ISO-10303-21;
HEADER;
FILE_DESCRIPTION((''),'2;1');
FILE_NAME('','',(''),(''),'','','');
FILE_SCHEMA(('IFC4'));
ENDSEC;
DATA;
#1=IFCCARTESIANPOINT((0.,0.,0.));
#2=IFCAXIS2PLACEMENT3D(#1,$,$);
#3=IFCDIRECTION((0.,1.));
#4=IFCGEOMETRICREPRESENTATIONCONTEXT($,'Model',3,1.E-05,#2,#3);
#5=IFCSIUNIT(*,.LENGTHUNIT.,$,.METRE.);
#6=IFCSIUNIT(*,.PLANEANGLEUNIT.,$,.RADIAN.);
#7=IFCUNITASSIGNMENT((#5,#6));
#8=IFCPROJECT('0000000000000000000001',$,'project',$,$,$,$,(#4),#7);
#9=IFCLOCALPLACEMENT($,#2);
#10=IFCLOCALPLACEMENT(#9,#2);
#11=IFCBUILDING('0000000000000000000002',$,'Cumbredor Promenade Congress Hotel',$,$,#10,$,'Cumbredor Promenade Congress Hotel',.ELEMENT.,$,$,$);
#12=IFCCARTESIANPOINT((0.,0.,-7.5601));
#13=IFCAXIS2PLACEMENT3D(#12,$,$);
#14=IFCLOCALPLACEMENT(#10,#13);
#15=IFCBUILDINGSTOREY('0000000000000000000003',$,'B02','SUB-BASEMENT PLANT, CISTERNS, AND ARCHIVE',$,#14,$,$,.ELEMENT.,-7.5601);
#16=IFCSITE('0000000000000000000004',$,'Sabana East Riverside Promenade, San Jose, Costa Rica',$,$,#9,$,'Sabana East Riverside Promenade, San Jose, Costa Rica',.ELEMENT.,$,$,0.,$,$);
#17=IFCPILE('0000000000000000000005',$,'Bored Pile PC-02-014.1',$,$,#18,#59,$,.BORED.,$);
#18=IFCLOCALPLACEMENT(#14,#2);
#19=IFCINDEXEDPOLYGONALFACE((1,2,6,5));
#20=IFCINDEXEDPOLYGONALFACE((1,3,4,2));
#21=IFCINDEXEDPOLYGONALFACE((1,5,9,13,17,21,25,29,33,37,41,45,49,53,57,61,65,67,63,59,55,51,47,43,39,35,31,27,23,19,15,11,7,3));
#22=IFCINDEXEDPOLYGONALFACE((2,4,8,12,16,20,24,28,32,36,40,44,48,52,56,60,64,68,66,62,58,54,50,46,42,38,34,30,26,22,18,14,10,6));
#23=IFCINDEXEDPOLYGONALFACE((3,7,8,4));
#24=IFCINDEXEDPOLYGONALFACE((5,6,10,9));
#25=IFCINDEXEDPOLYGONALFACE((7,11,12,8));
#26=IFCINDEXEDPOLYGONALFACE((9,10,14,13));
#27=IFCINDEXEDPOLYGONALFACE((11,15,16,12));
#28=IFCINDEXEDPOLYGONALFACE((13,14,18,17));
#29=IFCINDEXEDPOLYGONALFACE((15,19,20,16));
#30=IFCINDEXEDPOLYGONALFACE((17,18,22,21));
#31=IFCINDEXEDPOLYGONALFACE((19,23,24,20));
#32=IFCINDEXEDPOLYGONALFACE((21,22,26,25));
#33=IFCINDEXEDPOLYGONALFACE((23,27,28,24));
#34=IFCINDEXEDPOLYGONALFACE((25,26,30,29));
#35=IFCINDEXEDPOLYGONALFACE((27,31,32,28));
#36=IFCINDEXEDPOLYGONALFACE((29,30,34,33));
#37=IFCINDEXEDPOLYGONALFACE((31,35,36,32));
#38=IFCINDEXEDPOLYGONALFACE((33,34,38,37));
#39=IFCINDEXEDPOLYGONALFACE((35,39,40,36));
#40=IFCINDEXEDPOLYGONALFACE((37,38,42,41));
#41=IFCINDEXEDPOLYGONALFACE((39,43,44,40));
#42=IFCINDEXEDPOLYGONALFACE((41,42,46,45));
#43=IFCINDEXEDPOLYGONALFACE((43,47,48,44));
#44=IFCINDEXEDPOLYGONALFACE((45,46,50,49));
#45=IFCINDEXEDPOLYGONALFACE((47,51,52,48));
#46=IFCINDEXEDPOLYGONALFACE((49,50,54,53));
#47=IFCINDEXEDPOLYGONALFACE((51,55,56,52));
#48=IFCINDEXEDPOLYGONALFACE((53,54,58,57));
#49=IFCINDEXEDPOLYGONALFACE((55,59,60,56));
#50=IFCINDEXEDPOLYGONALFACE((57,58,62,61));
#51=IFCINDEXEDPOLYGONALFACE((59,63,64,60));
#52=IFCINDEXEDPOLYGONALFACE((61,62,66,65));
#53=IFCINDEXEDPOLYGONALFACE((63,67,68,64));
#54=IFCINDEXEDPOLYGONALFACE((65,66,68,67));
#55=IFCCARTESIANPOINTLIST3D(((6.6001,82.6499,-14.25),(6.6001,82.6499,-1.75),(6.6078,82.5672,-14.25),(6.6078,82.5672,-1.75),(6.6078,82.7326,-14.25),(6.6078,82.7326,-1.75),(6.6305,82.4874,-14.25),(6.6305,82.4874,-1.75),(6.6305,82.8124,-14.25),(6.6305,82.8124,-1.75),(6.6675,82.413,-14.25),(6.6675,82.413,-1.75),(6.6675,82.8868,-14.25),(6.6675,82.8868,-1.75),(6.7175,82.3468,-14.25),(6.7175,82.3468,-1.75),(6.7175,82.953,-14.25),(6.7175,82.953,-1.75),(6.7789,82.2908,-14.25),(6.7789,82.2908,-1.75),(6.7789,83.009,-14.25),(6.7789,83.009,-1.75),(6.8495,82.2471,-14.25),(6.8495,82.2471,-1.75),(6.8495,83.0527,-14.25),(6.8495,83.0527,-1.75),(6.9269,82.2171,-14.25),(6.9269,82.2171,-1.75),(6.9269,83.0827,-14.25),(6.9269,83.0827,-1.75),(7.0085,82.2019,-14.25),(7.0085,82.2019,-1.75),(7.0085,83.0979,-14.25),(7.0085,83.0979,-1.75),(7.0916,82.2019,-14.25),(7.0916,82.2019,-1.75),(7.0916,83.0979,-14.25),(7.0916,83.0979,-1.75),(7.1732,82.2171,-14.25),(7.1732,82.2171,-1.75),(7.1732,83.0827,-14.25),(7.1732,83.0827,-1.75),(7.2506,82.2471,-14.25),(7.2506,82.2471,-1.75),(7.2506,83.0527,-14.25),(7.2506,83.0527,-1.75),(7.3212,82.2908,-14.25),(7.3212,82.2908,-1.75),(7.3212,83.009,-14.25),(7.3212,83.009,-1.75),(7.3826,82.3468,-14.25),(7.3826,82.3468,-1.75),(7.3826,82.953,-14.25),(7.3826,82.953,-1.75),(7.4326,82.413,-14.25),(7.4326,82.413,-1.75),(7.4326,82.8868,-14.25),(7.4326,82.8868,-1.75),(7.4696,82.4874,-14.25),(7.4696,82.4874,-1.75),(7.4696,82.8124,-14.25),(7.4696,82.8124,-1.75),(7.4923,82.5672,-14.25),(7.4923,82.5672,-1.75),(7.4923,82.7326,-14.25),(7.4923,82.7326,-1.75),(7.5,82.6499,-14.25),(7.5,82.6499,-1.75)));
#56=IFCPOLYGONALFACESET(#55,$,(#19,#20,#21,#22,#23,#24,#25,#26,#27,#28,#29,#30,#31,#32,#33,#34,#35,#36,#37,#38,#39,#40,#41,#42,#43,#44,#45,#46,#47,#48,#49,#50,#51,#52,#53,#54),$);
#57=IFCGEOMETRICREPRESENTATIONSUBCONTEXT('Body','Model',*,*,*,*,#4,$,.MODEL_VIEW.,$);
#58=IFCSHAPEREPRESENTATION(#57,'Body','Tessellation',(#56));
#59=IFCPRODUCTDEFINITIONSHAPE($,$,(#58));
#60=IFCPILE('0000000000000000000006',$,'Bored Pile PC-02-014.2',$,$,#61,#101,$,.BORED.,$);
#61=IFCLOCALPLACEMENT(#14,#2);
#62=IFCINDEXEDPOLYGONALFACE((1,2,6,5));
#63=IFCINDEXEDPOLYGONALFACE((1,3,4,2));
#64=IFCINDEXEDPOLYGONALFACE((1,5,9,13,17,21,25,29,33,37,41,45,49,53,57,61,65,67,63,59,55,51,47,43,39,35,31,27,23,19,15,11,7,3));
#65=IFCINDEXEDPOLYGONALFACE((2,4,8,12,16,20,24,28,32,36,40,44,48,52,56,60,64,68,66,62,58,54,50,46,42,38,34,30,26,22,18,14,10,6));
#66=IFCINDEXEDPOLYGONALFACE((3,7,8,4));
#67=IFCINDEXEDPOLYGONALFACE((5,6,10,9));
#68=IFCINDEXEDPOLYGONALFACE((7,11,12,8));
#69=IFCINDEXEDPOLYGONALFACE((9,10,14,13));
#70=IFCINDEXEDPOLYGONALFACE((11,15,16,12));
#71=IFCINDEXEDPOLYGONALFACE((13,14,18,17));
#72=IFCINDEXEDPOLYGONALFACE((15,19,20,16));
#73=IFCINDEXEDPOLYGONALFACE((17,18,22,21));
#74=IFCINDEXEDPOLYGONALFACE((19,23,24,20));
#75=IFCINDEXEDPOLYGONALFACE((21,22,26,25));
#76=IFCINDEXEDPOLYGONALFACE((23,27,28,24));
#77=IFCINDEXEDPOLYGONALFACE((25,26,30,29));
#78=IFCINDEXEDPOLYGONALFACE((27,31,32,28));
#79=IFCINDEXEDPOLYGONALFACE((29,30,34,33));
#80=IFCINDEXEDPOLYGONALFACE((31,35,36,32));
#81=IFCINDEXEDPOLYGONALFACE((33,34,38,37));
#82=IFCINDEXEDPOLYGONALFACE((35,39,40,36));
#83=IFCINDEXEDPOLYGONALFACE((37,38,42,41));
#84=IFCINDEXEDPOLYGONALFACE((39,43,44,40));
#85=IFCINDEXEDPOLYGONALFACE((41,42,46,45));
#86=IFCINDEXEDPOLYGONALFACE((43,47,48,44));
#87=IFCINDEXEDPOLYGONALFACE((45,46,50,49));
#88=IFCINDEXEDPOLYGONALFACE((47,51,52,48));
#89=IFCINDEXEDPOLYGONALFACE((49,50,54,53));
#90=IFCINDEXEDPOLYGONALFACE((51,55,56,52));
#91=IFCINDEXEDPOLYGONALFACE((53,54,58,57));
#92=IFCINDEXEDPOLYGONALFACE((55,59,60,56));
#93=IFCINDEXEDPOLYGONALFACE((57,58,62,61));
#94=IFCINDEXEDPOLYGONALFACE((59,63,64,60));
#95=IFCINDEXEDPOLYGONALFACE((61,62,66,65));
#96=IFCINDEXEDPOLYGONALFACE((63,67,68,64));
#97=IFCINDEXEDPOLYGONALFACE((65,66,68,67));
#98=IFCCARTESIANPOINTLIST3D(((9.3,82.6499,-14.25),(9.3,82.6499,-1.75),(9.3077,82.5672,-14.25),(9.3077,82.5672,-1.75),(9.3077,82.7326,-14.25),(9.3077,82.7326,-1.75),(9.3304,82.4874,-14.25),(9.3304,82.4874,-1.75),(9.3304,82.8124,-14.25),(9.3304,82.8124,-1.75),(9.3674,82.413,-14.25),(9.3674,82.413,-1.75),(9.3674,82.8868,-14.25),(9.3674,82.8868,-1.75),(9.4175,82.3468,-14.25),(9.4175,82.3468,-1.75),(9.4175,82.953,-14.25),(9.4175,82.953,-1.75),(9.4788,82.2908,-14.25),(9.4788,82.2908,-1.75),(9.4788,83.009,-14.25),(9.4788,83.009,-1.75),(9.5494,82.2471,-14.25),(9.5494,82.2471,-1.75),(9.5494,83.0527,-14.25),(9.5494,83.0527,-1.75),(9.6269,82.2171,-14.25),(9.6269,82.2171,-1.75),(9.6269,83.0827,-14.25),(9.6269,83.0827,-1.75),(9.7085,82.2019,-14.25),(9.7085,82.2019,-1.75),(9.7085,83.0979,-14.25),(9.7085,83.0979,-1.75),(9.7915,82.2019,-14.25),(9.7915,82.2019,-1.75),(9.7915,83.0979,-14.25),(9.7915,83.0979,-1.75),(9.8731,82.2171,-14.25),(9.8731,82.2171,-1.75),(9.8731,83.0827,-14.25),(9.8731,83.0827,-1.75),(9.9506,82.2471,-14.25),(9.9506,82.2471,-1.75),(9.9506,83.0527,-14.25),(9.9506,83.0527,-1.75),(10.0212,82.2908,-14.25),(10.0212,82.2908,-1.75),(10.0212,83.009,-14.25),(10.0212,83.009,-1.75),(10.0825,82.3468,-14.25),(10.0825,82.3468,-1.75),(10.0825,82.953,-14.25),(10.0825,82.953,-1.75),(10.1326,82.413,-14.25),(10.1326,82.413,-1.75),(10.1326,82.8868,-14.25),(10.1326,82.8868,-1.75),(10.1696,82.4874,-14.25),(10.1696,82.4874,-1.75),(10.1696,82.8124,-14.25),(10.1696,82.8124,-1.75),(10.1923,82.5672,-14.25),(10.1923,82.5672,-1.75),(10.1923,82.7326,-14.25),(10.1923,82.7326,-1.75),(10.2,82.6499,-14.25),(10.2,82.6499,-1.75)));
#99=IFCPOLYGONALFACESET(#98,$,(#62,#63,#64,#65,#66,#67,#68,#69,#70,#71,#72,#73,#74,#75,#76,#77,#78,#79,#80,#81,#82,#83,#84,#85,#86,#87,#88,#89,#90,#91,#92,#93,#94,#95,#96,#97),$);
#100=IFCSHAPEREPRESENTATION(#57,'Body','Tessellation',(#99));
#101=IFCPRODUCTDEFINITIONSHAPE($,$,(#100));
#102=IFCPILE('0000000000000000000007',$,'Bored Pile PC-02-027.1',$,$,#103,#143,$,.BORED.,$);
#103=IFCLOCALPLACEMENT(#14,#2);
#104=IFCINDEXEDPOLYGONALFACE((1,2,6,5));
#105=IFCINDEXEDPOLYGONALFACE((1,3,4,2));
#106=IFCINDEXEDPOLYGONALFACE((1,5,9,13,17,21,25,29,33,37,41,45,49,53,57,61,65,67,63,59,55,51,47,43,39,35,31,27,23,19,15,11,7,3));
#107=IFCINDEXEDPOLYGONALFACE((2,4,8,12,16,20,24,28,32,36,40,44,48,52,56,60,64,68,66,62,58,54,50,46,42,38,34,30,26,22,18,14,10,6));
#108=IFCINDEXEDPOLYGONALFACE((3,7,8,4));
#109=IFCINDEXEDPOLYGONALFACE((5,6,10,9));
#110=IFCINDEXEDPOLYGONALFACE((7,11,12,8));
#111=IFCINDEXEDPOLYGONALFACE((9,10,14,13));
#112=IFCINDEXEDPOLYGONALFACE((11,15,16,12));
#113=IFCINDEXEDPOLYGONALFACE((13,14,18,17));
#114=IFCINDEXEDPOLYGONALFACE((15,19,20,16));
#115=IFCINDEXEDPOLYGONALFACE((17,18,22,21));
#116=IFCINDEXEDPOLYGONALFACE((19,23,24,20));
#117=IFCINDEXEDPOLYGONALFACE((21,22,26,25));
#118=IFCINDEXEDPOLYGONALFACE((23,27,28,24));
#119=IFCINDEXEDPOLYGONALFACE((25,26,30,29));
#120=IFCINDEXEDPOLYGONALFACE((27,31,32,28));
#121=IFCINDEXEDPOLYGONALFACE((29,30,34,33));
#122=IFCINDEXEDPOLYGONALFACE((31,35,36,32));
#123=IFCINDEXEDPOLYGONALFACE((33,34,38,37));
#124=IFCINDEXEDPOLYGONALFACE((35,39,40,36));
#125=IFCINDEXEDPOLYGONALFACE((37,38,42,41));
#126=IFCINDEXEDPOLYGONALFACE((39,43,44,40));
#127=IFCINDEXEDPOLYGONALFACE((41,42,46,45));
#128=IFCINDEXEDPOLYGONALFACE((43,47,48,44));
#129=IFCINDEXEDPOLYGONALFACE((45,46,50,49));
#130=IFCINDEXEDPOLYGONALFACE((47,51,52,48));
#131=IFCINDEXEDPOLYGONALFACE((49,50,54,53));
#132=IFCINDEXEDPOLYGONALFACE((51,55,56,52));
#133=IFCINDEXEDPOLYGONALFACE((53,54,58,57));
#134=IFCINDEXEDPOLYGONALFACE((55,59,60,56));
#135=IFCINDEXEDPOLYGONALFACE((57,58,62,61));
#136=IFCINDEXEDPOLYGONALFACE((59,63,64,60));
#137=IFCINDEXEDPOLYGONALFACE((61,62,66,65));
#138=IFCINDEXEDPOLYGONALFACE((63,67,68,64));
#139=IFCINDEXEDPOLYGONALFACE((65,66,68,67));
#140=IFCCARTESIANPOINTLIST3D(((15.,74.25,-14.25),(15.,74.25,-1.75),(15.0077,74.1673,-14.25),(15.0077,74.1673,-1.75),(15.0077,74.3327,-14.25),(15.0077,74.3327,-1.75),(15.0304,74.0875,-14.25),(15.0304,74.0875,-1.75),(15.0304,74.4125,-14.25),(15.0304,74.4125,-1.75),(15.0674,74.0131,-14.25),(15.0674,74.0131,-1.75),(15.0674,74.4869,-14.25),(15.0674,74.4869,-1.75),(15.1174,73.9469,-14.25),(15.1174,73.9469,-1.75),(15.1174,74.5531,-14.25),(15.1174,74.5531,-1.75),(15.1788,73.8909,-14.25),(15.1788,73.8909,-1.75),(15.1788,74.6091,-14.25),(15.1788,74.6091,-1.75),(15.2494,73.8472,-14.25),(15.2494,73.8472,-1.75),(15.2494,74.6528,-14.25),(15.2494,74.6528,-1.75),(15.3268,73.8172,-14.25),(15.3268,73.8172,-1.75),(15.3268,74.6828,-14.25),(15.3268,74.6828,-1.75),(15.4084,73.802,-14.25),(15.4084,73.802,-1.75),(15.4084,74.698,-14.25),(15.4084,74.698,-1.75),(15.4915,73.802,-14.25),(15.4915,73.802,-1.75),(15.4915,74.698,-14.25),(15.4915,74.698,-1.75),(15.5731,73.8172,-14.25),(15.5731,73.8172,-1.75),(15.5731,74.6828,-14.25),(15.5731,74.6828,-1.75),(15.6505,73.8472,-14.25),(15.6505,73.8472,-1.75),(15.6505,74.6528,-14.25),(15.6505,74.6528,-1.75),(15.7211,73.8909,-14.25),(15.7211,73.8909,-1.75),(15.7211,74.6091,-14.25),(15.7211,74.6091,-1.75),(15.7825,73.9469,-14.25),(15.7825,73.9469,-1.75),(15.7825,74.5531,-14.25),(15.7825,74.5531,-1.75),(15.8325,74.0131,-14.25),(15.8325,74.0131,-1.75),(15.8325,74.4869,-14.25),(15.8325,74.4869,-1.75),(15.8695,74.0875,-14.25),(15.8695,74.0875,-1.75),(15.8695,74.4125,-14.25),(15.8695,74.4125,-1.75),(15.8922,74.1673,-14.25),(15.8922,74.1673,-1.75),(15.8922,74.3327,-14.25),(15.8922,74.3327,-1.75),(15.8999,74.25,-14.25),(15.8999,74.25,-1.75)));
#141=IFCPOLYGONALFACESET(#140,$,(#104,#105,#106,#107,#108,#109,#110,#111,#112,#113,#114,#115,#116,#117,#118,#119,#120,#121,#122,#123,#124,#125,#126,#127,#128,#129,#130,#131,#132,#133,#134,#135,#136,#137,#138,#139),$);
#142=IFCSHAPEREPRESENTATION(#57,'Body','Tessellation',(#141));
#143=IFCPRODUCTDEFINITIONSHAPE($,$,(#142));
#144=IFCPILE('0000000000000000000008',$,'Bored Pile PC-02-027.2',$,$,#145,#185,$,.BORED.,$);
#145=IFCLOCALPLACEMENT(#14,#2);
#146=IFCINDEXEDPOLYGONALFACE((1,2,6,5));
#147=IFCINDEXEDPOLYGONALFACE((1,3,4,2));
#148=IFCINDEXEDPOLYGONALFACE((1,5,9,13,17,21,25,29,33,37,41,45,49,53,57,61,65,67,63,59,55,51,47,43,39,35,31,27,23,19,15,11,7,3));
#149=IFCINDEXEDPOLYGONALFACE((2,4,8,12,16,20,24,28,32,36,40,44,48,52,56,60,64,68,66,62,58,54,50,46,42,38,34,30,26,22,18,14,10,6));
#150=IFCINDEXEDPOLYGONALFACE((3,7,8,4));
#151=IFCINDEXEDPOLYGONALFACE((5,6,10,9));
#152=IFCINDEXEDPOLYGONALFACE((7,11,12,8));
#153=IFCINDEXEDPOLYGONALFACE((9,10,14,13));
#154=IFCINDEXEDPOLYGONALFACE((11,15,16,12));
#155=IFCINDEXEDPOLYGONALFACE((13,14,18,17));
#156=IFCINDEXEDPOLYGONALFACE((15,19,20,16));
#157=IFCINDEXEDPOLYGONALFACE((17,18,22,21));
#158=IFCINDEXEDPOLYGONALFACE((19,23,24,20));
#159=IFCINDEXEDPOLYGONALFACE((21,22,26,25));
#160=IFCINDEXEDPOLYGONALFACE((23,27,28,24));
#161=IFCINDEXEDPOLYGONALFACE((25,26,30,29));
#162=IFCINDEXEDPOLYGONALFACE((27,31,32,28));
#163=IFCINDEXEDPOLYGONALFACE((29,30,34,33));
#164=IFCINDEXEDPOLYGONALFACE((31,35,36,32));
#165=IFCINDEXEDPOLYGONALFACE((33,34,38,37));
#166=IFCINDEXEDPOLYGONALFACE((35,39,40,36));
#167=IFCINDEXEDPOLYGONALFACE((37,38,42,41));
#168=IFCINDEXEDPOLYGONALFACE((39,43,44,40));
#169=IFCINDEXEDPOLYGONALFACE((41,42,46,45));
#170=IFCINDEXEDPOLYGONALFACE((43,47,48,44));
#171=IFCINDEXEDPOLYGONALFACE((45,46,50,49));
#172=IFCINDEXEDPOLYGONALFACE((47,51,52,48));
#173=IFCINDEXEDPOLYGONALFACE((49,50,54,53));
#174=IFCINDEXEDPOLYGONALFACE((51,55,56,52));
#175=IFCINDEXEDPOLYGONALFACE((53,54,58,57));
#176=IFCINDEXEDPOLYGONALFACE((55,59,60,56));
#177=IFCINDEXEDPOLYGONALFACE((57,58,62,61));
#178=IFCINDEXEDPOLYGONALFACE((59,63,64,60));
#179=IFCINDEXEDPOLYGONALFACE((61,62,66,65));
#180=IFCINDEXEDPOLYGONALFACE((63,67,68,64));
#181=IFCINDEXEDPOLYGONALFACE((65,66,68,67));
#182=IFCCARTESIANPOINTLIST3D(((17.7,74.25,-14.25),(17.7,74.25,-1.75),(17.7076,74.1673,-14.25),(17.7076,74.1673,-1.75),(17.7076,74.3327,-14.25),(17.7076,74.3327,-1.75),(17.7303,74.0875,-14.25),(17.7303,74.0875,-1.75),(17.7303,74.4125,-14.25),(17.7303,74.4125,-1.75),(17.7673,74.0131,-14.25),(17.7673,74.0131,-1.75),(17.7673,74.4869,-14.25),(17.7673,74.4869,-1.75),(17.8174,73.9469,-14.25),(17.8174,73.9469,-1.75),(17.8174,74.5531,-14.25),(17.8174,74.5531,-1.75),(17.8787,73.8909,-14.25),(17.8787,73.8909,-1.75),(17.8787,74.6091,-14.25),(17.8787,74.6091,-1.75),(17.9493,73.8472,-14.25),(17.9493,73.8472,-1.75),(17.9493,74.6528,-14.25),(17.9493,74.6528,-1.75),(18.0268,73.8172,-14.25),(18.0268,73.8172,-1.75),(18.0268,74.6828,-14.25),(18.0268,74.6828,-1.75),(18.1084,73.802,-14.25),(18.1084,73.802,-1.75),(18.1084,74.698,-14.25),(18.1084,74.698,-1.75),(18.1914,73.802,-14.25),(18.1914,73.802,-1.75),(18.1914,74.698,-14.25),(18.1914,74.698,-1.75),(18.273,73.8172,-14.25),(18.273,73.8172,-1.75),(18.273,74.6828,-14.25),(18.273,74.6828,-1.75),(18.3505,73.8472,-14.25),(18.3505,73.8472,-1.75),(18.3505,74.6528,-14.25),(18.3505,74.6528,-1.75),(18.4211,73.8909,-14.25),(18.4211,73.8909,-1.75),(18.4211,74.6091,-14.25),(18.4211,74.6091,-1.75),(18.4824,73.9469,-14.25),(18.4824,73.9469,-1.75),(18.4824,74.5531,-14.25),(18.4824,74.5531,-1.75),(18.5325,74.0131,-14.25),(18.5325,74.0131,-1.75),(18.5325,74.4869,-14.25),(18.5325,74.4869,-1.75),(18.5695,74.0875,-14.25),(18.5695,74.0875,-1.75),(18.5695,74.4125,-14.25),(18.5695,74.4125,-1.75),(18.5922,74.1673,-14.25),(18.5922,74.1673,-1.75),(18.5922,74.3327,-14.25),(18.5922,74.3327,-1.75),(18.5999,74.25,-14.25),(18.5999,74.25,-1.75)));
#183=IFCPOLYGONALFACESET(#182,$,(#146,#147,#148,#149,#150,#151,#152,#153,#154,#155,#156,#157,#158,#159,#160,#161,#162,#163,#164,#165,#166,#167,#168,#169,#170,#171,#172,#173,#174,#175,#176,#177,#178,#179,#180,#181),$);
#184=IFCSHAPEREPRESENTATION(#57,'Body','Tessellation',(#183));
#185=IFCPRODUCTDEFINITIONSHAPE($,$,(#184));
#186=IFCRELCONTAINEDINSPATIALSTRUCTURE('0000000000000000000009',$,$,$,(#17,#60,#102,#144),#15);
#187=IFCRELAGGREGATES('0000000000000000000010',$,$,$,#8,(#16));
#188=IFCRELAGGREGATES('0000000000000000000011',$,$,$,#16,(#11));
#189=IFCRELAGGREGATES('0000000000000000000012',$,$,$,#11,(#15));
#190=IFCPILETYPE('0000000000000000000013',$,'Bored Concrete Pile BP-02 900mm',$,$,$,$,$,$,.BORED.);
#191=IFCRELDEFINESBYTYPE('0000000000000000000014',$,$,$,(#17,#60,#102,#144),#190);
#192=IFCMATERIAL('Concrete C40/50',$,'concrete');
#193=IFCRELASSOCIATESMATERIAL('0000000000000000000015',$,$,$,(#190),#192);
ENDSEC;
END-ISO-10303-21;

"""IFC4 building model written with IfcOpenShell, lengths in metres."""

from ifc_helpers import new_model, si_unit, direction, frame, origin, origin_2d, place, context, subcontext, project, spatial, circle, extrude, material, material_profile, profile_set, type_object, element, save


model = new_model("IFC4")

# Units and contexts
model_context = context("Model", 3, precision=1e-05, world=origin(), true_north=direction((0.0, 1.0)))
body_context = subcontext(model_context, "Body", "Model", "MODEL_VIEW")
ifc_project = project(units=[si_unit("LENGTHUNIT", "METRE"), si_unit("PLANEANGLEUNIT", "RADIAN")], contexts=[model_context])

# Site, building, storey
site_placement = place(None, origin())
site = spatial("IfcSite", under=ifc_project, at=site_placement, Name="Sabana East Riverside Promenade, San Jose, Costa Rica", LongName="Sabana East Riverside Promenade, San Jose, Costa Rica", CompositionType="ELEMENT", RefElevation=0.0)
building_placement = place(site_placement, origin())
building = spatial("IfcBuilding", under=site, at=building_placement, Name="Cumbredor Promenade Congress Hotel", LongName="Cumbredor Promenade Congress Hotel", CompositionType="ELEMENT")
storey_placement = place(building_placement, frame((0.0, 0.0, -7.5601)))
storey = spatial("IfcBuildingStorey", under=building, at=storey_placement, Name="B02", Description="SUB-BASEMENT PLANT, CISTERNS, AND ARCHIVE", CompositionType="ELEMENT", Elevation=-7.5601)

# Piles
ifc_material_1 = material(Name="Concrete C40/50", Category="concrete")
ifc_material_profile_1 = material_profile(ifc_material_1, circle(Radius=0.45, at=origin_2d()), Name="PILE D900")
ifc_profile_set_1 = profile_set([ifc_material_profile_1], Name="Concrete C40/50")
pile_type_1 = type_object("IfcPileType", Name="Bored Concrete Pile BP-02 900mm", PredefinedType="BORED", material=ifc_profile_set_1)
for number, where, z_axis, x_axis, name in (
    (1, (7.05, 82.6499, -1.75), (0.0, 0.0, -1.0), (1.0, 0.0, 0.0), "Bored Pile PC-02-014.1"),
    (2, (9.75, 82.6499, -1.75), (0.0, 0.0, -1.0), (1.0, 0.0, 0.0), "Bored Pile PC-02-014.2"),
    (3, (15.45, 74.25, -1.75), (0.0, 0.0, -1.0), (1.0, 0.0, 0.0), "Bored Pile PC-02-027.1"),
    (4, (18.1499, 74.25, -1.75), (0.0, 0.0, -1.0), (1.0, 0.0, 0.0), "Bored Pile PC-02-027.2"),
):
    element("IfcPile", number, at=place(storey_placement, frame(where, z_axis=z_axis, x_axis=x_axis)), inside=storey, type_object=pile_type_1, Name=name, PredefinedType="BORED", context=body_context, shape_type="SweptSolid", body=[
        extrude(circle(Radius=0.45, at=origin_2d()), origin(), (0.0, 0.0, 1.0), 12.5),
    ])

save(model, "model.ifc")
